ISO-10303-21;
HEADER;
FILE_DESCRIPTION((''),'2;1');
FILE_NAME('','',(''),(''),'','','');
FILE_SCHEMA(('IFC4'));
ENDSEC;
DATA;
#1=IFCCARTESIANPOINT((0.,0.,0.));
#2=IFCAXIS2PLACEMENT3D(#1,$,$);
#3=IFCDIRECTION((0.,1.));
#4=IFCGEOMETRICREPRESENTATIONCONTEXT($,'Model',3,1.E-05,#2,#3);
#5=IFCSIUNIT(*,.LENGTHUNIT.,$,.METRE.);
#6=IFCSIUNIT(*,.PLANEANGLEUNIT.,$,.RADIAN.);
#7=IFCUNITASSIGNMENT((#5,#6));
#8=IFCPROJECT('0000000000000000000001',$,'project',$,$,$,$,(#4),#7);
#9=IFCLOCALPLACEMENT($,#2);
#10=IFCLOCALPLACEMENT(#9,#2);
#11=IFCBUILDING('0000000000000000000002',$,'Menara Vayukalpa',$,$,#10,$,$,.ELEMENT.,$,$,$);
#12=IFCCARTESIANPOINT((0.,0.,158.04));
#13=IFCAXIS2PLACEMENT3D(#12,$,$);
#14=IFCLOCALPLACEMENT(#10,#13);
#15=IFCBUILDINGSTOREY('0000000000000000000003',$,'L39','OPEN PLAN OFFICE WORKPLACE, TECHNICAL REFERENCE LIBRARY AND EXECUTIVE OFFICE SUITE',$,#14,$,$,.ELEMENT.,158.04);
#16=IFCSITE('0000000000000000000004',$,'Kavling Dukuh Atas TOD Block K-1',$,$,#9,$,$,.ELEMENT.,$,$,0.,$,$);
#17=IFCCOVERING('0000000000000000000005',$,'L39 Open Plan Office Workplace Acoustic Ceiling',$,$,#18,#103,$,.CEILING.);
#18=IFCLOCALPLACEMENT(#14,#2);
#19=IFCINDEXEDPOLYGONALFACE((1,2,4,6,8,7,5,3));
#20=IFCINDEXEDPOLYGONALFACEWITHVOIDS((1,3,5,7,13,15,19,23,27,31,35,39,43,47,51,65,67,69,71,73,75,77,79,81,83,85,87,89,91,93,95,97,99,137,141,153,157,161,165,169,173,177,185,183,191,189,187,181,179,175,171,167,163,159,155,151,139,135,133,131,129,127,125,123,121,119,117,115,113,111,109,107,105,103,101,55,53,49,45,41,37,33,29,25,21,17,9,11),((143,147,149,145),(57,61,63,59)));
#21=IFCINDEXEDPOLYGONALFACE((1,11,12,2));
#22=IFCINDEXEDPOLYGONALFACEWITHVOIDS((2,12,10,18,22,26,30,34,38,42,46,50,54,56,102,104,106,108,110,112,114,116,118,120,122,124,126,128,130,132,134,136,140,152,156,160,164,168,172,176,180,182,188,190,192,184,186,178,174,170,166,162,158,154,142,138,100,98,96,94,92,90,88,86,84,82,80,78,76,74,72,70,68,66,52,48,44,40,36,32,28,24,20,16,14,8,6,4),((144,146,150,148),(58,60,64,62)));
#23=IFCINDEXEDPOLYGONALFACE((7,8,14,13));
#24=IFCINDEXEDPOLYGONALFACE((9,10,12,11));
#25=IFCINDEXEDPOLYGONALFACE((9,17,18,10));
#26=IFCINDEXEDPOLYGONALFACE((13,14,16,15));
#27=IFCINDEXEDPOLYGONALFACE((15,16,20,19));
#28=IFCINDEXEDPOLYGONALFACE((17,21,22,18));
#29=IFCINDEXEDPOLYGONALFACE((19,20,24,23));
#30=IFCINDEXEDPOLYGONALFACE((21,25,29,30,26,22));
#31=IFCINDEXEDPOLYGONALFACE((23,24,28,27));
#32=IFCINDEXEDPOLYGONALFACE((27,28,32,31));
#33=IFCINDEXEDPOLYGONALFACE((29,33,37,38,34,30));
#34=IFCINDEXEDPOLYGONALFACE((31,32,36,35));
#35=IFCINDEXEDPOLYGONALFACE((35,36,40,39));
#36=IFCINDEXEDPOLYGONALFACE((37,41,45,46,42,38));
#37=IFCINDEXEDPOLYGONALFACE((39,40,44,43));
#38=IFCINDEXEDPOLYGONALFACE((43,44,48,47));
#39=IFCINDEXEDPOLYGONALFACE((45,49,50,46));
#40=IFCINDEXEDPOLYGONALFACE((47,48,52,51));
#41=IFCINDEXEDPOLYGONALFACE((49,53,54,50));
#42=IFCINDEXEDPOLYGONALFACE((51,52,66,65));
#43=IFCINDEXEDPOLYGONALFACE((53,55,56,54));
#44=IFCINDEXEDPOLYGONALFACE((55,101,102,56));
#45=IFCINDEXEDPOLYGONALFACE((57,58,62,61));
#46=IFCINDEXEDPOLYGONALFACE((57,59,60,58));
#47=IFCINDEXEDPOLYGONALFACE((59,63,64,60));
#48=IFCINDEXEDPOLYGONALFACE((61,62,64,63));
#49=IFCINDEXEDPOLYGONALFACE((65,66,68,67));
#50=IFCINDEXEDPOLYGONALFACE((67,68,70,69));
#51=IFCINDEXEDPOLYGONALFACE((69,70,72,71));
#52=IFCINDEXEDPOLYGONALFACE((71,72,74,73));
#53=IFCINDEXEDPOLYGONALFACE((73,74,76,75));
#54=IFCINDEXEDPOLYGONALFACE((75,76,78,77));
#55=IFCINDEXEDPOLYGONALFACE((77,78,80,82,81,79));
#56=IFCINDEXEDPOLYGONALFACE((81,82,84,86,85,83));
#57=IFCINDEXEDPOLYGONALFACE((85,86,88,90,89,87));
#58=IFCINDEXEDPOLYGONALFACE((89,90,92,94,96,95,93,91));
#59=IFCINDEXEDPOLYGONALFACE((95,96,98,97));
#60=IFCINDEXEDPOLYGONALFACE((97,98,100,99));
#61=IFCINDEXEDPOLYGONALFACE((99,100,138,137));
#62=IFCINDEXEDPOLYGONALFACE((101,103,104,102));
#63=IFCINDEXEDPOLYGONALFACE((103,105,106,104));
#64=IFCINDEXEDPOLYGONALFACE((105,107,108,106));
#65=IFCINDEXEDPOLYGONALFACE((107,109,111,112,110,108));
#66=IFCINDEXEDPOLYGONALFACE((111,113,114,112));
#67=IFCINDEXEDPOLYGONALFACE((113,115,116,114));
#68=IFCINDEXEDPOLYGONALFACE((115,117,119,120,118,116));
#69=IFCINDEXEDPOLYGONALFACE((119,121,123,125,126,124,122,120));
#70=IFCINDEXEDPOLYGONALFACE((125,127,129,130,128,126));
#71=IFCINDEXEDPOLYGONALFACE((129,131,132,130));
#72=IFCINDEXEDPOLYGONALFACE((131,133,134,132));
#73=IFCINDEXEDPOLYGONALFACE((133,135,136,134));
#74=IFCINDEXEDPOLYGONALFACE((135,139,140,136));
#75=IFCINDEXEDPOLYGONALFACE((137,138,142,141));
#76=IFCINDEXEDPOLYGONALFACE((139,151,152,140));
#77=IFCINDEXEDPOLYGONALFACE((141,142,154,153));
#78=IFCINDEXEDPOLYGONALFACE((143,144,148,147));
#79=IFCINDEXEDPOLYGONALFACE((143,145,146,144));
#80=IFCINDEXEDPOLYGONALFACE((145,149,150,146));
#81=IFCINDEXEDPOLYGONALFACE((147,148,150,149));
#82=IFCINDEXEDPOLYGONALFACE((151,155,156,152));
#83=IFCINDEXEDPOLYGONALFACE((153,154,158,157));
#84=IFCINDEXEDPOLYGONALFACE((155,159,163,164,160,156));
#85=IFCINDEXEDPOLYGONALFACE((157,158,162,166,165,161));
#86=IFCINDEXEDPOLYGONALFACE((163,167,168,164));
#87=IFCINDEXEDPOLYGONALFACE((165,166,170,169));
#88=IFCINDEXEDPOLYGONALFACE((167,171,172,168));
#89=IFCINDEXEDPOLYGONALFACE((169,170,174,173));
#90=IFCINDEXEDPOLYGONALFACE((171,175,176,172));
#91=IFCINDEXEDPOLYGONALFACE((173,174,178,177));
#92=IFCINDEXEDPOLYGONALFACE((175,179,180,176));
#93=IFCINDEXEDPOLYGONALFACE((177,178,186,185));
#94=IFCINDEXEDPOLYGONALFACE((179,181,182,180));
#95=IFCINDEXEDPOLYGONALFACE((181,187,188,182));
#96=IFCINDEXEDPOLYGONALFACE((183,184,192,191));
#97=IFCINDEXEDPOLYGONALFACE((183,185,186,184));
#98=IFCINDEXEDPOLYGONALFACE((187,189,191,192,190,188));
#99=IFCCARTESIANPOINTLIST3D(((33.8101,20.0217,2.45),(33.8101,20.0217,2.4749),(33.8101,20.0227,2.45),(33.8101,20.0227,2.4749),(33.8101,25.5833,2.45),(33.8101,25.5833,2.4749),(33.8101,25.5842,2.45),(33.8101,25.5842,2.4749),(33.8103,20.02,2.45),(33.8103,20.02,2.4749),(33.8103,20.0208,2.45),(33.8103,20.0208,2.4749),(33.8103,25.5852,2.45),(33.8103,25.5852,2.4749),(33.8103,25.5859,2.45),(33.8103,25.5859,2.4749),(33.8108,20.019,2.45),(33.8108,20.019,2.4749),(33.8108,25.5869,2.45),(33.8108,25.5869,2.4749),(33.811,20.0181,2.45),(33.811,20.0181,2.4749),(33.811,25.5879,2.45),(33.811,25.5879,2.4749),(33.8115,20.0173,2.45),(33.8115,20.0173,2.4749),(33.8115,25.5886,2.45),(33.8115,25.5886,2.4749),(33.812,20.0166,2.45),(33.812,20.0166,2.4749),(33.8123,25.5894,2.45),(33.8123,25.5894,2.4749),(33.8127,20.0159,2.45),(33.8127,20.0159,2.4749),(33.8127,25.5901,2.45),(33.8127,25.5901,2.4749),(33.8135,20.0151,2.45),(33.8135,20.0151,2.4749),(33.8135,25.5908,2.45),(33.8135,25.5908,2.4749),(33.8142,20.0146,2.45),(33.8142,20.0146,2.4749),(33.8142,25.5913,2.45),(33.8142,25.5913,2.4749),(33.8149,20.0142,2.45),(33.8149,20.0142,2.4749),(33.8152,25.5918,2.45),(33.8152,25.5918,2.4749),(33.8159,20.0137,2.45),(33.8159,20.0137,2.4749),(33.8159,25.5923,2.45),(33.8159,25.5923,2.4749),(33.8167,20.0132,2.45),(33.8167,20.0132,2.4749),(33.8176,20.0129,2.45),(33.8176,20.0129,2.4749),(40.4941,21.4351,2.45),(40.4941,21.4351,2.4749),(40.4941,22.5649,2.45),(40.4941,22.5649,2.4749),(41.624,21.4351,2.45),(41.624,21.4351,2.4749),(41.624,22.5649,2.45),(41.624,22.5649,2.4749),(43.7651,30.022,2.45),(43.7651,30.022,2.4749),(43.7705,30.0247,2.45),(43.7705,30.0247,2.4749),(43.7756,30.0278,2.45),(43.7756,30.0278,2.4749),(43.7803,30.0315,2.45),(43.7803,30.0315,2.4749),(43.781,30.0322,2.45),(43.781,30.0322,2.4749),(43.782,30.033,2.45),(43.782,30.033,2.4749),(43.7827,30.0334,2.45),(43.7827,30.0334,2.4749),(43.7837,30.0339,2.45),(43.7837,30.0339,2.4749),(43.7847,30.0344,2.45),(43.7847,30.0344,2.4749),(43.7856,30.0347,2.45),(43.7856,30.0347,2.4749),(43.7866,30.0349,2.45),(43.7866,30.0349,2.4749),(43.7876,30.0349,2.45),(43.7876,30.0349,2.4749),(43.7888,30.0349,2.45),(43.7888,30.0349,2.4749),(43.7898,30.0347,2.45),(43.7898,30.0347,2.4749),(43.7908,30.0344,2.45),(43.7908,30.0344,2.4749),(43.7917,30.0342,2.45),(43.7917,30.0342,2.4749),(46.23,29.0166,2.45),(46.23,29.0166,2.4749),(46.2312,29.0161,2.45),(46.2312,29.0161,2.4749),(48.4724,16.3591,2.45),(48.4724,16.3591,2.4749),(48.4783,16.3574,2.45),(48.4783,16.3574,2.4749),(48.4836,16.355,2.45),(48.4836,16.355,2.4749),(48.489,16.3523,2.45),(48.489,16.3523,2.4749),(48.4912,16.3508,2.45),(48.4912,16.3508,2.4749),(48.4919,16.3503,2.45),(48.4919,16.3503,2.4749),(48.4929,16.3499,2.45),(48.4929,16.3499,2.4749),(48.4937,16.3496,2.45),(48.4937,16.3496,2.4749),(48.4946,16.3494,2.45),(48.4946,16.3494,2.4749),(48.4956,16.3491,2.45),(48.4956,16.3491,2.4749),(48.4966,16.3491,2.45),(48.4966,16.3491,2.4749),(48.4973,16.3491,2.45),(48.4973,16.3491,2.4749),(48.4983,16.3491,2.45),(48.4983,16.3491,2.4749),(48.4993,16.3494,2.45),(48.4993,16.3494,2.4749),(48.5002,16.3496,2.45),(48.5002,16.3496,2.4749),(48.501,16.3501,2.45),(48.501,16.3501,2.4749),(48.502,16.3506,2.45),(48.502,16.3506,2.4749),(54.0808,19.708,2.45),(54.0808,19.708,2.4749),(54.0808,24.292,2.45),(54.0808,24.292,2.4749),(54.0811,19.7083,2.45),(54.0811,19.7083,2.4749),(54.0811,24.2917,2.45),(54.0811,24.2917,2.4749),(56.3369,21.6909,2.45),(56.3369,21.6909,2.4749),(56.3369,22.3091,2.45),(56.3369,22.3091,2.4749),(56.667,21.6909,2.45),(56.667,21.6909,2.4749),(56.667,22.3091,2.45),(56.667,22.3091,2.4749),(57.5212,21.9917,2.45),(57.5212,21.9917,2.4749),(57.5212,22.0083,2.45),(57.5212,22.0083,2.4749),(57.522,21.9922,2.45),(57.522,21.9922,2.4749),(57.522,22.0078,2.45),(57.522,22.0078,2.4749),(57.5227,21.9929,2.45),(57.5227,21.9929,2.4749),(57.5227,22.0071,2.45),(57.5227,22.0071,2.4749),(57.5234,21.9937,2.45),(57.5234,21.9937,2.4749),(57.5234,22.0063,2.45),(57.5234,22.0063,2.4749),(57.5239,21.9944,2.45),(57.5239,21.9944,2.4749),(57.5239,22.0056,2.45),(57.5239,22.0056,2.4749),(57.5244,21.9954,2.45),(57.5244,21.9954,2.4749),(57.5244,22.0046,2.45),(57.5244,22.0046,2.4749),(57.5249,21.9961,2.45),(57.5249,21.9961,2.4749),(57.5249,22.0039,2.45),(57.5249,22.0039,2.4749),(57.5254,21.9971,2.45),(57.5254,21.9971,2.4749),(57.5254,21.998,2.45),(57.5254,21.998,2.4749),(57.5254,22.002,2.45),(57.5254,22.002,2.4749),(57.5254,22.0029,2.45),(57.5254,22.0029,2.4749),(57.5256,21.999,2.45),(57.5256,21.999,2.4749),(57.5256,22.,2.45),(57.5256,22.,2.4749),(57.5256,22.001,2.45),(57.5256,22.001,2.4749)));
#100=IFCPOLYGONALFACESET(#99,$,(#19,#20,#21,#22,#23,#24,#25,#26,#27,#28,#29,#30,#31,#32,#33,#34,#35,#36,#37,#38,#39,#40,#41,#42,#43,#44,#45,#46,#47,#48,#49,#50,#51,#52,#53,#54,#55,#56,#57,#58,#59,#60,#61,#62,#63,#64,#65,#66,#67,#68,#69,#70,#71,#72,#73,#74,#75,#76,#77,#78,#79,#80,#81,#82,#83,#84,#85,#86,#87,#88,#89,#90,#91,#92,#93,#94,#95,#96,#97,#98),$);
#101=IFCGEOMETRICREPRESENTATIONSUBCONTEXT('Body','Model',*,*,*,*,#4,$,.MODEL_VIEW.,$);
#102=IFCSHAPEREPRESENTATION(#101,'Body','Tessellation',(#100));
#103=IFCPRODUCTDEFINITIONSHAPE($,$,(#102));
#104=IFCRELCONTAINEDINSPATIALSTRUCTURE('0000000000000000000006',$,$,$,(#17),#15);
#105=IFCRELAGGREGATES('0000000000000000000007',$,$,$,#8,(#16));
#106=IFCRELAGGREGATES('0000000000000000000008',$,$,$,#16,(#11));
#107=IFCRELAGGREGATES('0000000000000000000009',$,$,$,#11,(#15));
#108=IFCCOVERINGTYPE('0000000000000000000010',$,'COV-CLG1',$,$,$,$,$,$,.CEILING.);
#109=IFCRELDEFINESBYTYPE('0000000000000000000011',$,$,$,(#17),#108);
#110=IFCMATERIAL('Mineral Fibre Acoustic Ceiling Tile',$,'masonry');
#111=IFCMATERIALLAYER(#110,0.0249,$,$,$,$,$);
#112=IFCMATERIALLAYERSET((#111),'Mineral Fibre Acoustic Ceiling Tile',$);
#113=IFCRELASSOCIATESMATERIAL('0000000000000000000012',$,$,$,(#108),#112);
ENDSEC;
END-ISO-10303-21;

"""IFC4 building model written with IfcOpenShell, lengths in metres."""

from ifc_helpers import new_model, si_unit, direction, frame, origin, place, context, subcontext, project, spatial, polyline, outline, extrude, material, layer, layer_set, type_object, element, save


model = new_model("IFC4")

# Units and contexts
model_context = context("Model", 3, precision=1e-05, world=origin(), true_north=direction((0.0, 1.0)))
body_context = subcontext(model_context, "Body", "Model", "MODEL_VIEW")
ifc_project = project(units=[si_unit("LENGTHUNIT", "METRE"), si_unit("PLANEANGLEUNIT", "RADIAN")], contexts=[model_context])

# Site, building, storey
site_placement = place(None, origin())
site = spatial("IfcSite", under=ifc_project, at=site_placement, Name="Kavling Dukuh Atas TOD Block K-1", CompositionType="ELEMENT", RefElevation=0.0)
building_placement = place(site_placement, origin())
building = spatial("IfcBuilding", under=site, at=building_placement, Name="Menara Vayukalpa", CompositionType="ELEMENT")
storey_placement = place(building_placement, frame((0.0, 0.0, 158.04)))
storey = spatial("IfcBuildingStorey", under=building, at=storey_placement, Name="L39", Description="OPEN PLAN OFFICE WORKPLACE, TECHNICAL REFERENCE LIBRARY AND EXECUTIVE OFFICE SUITE", CompositionType="ELEMENT", Elevation=158.04)

# Covering
ifc_material_1 = material(Name="Mineral Fibre Acoustic Ceiling Tile", Category="masonry")
ifc_layer_1 = layer(ifc_material_1, 0.0249)
ifc_layer_set_1 = layer_set([ifc_layer_1], Name="Mineral Fibre Acoustic Ceiling Tile")
covering_type_1 = type_object("IfcCoveringType", Name="COV-CLG1", PredefinedType="CEILING", material=ifc_layer_set_1)
covering_1_placement = place(storey_placement, frame((0.0, 0.0, 2.45)))
element("IfcCovering", 1, at=covering_1_placement, inside=storey, type_object=covering_type_1, Name="L39 Open Plan Office Workplace Acoustic Ceiling", PredefinedType="CEILING", context=body_context, shape_type="SweptSolid", body=[
    extrude(outline(polyline([(54.0811, 24.2917), (57.5212, 22.0083), (57.522, 22.0078), (57.5227, 22.0071), (57.5234, 22.0063), (57.5239, 22.0056), (57.5244, 22.0046), (57.5249, 22.0039), (57.5254, 22.0029), (57.5254, 22.002), (57.5256, 22.001), (57.5256, 22.0), (57.5256, 21.999), (57.5254, 21.998), (57.5254, 21.9971), (57.5249, 21.9961), (57.5244, 21.9954), (57.5239, 21.9944), (57.5234, 21.9937), (57.5227, 21.9929), (57.522, 21.9922), (57.5212, 21.9917), (54.0811, 19.7083), (54.0808, 19.708), (48.502, 16.3506), (48.501, 16.3501), (48.5002, 16.3496), (48.4993, 16.3494), (48.4983, 16.3491), (48.4973, 16.3491), (48.4966, 16.3491), (48.4956, 16.3491), (48.4946, 16.3494), (48.4937, 16.3496), (48.4929, 16.3499), (48.4919, 16.3503), (48.4912, 16.3508), (48.489, 16.3523), (48.4836, 16.355), (48.4783, 16.3574), (48.4724, 16.3591), (33.8176, 20.0129), (33.8167, 20.0132), (33.8159, 20.0137), (33.8149, 20.0142), (33.8142, 20.0146), (33.8135, 20.0151), (33.8127, 20.0159), (33.812, 20.0166), (33.8115, 20.0173), (33.811, 20.0181), (33.8108, 20.019), (33.8103, 20.02), (33.8103, 20.0208), (33.8101, 20.0217), (33.8101, 20.0227), (33.8101, 25.5833), (33.8101, 25.5842), (33.8103, 25.5852), (33.8103, 25.5859), (33.8108, 25.5869), (33.811, 25.5879), (33.8115, 25.5886), (33.8123, 25.5894), (33.8127, 25.5901), (33.8135, 25.5908), (33.8142, 25.5913), (33.8152, 25.5918), (33.8159, 25.5923), (43.7651, 30.022), (43.7705, 30.0247), (43.7756, 30.0278), (43.7803, 30.0315), (43.781, 30.0322), (43.782, 30.033), (43.7827, 30.0334), (43.7837, 30.0339), (43.7847, 30.0344), (43.7856, 30.0347), (43.7866, 30.0349), (43.7876, 30.0349), (43.7888, 30.0349), (43.7898, 30.0347), (43.7908, 30.0344), (43.7917, 30.0342), (46.23, 29.0166), (46.2312, 29.0161), (54.0808, 24.292), (54.0811, 24.2917)]), holes=[polyline([(41.624, 22.5649), (40.4941, 22.5649), (40.4941, 21.4351), (41.624, 21.4351), (41.624, 22.5649)]), polyline([(56.667, 22.3091), (56.3369, 22.3091), (56.3369, 21.6909), (56.667, 21.6909), (56.667, 22.3091)])]), origin(), (0.0, 0.0, 1.0), 0.0249),
])

save(model, "model.ifc")
